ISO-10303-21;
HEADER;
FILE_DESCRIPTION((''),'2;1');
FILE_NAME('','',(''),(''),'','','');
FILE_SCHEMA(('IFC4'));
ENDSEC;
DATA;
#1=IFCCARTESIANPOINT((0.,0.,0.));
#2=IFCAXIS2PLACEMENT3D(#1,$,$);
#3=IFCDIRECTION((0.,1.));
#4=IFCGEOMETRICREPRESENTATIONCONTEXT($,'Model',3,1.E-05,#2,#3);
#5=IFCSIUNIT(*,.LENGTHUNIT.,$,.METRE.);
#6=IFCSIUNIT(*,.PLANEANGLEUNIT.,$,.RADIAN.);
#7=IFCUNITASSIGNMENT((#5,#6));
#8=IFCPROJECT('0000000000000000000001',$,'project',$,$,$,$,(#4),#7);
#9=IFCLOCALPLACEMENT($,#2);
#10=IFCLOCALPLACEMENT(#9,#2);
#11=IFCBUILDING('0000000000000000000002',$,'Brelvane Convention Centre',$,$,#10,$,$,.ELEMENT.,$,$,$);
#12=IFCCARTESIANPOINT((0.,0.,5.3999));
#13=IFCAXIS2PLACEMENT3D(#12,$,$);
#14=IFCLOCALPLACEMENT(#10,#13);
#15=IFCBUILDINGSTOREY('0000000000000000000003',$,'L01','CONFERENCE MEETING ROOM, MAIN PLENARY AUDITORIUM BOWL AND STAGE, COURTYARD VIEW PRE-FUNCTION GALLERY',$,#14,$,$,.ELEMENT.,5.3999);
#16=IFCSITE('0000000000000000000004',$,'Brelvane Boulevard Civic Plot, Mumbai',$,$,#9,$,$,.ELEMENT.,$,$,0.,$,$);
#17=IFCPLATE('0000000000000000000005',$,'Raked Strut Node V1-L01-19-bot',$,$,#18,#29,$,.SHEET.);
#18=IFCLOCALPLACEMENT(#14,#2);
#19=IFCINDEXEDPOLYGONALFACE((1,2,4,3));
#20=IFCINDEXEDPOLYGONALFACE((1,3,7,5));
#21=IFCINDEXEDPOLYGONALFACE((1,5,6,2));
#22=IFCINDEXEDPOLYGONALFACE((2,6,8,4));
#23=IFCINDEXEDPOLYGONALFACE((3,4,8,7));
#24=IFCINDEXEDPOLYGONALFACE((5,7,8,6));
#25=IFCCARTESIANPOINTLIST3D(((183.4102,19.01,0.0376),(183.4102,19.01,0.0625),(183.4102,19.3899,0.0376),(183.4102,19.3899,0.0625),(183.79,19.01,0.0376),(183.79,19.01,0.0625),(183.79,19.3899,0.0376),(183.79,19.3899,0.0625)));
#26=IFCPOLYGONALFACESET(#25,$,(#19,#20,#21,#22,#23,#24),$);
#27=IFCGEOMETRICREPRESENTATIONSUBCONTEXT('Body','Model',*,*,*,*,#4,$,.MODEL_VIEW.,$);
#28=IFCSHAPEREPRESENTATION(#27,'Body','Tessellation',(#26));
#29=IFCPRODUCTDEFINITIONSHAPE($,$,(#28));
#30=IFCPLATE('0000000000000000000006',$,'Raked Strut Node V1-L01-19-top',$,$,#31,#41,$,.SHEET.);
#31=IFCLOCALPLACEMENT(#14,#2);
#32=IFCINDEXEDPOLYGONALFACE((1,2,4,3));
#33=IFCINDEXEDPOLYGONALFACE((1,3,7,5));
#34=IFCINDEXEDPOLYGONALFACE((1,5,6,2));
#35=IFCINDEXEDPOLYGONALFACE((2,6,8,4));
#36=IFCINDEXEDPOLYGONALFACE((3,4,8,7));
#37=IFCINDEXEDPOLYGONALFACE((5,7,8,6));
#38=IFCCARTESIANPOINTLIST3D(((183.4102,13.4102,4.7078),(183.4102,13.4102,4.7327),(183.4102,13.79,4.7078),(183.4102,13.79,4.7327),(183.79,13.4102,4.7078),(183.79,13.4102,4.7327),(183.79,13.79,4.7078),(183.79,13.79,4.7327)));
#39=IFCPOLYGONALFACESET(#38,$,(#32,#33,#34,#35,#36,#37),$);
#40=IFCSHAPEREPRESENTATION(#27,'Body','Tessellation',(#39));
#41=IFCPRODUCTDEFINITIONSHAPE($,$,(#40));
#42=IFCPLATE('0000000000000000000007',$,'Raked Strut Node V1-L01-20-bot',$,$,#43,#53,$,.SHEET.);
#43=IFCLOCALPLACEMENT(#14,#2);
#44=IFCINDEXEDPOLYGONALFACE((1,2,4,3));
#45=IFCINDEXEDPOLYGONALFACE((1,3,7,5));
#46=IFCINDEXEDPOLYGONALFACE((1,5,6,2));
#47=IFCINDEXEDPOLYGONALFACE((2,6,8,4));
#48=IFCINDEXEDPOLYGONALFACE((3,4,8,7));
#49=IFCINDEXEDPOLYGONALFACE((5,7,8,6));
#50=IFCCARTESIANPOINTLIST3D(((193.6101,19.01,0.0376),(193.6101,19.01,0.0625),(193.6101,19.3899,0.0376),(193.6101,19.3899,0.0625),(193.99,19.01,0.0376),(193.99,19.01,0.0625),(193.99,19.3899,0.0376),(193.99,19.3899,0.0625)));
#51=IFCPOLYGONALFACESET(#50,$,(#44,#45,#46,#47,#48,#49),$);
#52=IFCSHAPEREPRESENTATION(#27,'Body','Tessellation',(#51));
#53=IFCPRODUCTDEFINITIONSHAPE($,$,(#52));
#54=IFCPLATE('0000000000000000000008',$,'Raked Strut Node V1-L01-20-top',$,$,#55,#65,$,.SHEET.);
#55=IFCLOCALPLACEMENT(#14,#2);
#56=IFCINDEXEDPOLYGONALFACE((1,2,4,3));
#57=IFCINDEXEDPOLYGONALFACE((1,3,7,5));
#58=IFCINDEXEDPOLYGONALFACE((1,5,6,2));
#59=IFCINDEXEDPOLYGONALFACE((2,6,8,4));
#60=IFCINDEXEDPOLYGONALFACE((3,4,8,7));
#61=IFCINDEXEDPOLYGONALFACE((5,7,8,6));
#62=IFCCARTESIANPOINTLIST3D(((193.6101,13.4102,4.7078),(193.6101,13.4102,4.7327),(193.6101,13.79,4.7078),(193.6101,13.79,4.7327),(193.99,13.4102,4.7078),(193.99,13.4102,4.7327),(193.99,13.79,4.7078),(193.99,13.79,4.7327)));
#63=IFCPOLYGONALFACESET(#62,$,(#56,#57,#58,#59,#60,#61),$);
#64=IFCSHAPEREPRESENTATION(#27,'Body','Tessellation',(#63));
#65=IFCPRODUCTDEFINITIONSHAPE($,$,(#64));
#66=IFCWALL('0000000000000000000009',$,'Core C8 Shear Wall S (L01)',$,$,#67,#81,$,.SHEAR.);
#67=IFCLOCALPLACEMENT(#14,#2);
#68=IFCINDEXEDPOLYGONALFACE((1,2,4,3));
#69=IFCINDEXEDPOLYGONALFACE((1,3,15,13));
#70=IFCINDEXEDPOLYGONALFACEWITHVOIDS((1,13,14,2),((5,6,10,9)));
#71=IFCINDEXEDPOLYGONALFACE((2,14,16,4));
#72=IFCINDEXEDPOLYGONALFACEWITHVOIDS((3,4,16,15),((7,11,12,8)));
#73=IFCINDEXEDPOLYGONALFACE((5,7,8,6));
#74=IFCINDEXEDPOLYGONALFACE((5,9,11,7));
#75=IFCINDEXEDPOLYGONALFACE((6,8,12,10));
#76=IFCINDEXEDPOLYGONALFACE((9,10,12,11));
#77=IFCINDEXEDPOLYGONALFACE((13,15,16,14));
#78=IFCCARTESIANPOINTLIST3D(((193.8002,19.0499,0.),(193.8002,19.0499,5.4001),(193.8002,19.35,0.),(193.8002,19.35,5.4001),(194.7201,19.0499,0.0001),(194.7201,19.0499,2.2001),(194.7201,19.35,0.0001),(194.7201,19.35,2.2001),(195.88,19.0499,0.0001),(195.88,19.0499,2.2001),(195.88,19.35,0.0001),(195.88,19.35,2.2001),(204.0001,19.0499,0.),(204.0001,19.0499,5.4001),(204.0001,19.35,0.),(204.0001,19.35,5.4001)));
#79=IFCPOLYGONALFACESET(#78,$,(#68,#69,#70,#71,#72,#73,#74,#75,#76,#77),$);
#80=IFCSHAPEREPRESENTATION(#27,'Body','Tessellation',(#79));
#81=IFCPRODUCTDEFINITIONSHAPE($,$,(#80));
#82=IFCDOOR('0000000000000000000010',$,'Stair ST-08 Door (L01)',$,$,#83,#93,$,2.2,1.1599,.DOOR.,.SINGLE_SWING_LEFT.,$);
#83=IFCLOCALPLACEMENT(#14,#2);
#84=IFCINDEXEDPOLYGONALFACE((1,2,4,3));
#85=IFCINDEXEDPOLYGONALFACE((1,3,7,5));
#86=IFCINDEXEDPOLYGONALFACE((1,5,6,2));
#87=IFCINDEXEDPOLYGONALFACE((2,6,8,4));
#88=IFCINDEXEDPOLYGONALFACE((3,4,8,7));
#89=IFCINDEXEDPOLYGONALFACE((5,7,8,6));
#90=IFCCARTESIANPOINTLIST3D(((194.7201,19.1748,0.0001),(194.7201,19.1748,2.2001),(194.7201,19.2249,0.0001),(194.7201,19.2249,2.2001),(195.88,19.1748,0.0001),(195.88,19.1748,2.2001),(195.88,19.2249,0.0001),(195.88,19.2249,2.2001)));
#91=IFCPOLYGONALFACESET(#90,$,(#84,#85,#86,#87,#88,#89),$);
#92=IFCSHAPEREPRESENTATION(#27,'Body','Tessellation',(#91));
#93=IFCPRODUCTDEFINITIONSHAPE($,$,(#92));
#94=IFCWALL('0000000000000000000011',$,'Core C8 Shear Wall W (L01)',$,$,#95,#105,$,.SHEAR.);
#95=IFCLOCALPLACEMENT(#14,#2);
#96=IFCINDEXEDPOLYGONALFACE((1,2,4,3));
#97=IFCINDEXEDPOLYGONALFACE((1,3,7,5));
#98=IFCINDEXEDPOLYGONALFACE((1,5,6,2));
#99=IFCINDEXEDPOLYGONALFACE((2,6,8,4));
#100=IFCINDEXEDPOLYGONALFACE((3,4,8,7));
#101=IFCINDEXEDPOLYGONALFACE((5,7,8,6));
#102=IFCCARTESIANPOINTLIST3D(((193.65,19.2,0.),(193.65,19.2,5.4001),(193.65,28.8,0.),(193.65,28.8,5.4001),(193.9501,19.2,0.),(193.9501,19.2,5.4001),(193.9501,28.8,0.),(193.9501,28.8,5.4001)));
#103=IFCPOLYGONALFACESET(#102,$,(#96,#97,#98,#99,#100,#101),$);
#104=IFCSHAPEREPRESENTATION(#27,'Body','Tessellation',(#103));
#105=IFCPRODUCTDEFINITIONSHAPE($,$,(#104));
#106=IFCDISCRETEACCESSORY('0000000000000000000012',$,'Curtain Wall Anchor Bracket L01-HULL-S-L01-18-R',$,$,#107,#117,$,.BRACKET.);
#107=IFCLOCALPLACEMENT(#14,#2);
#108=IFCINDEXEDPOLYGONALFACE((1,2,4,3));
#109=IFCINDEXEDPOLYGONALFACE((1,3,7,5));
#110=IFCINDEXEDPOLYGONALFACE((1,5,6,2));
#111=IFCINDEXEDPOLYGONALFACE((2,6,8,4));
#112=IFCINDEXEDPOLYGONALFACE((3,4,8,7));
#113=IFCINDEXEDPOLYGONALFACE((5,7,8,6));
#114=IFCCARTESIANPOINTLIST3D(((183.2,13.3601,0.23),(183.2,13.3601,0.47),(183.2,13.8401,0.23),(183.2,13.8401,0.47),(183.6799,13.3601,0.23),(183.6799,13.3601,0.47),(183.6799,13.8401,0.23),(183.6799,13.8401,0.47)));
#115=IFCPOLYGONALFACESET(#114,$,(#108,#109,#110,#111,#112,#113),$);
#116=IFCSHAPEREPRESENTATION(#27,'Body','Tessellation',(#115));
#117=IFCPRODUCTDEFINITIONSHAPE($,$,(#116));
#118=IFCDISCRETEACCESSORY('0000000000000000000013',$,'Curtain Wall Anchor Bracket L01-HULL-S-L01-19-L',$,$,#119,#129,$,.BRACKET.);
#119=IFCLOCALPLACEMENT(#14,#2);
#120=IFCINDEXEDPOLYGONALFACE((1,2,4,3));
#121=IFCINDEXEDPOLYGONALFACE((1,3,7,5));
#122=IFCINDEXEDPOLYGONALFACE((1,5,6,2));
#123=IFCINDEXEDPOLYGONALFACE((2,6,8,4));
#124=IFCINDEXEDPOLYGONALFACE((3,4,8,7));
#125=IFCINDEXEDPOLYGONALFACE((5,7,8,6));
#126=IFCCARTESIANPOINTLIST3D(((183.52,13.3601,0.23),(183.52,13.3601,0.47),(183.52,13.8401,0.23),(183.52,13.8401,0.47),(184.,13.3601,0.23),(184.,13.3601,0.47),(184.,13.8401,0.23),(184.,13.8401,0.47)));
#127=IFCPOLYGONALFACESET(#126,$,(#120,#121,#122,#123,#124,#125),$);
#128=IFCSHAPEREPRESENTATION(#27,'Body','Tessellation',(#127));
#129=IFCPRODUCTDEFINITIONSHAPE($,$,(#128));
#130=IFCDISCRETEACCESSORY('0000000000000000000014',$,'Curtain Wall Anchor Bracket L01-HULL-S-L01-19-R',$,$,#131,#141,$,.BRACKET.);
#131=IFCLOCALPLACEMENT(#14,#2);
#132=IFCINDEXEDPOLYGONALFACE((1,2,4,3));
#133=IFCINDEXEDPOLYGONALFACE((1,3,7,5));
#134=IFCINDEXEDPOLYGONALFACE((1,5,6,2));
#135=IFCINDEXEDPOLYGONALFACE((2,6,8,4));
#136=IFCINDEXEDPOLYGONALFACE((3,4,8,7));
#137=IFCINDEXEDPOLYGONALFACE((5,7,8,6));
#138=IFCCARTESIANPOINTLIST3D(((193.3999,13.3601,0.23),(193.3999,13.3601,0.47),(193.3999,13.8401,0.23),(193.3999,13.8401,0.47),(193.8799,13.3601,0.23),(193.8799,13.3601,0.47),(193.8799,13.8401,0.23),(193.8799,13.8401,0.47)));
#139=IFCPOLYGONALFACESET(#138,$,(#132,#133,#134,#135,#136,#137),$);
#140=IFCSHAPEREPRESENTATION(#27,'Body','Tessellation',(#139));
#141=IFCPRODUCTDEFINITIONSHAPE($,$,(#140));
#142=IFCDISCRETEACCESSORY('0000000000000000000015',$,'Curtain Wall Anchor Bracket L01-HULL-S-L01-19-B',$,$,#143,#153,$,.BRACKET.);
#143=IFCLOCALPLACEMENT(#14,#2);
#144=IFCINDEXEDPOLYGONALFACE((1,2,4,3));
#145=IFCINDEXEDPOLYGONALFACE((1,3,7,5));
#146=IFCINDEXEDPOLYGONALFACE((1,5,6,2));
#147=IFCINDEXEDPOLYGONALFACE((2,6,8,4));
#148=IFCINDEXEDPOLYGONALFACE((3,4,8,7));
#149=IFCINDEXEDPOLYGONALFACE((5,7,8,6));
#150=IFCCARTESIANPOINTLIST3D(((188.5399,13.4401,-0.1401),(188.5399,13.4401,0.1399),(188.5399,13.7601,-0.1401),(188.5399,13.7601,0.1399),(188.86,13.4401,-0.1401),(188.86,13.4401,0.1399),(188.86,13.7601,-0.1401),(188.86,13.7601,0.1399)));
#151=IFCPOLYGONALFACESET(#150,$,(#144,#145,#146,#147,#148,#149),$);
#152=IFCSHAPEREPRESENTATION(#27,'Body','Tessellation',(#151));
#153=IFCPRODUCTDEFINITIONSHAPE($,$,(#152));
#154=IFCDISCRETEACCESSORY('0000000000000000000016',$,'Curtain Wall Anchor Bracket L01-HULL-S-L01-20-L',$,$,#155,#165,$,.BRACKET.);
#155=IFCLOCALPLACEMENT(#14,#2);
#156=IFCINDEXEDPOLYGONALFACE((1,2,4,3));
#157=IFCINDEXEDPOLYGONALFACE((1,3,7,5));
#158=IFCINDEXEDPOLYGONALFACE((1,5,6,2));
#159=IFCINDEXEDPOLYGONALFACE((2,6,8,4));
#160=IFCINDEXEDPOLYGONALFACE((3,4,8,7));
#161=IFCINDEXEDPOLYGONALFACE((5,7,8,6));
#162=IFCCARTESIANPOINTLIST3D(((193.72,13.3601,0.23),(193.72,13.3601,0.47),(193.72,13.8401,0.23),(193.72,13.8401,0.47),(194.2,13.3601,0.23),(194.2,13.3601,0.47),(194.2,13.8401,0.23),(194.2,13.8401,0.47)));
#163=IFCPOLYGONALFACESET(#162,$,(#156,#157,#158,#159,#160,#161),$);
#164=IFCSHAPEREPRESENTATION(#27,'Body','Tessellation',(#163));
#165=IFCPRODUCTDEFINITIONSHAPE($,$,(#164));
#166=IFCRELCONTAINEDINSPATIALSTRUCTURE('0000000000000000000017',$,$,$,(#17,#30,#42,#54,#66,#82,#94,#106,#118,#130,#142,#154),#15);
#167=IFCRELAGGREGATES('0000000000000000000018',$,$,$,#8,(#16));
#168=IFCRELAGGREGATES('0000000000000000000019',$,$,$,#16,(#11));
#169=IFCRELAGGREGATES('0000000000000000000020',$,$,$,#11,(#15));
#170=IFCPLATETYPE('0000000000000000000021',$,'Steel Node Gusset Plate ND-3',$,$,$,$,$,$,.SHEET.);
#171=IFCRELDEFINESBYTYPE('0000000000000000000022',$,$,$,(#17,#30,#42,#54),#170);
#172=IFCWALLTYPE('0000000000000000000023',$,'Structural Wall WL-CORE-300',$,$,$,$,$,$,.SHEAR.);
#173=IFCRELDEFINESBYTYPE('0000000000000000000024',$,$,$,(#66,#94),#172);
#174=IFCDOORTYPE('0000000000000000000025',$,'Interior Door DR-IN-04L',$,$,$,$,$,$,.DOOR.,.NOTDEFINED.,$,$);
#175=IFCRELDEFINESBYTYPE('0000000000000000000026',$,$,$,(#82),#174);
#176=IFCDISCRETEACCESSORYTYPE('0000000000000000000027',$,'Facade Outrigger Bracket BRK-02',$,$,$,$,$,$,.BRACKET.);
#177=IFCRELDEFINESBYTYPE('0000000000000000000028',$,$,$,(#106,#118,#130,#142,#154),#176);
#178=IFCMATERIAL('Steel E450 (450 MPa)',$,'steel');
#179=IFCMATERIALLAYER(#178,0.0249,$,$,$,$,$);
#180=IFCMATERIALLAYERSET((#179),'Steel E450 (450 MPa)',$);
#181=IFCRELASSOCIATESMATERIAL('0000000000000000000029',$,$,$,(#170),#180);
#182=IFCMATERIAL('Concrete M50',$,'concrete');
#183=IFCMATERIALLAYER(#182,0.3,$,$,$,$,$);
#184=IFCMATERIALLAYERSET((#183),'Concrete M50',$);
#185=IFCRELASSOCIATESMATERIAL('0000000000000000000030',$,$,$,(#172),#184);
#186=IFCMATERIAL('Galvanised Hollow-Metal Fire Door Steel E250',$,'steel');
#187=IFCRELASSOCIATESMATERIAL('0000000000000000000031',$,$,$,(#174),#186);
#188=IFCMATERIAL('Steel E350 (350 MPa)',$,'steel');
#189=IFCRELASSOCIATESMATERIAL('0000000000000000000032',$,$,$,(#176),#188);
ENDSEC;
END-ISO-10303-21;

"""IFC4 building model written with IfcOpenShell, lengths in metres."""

from ifc_helpers import new_model, si_unit, direction, frame, frame_2d, origin, origin_2d, place, context, subcontext, project, spatial, rectangle, extrude, material, layer, layer_set, type_object, element, fill, save


model = new_model("IFC4")

# Units and contexts
model_context = context("Model", 3, precision=1e-05, world=origin(), true_north=direction((0.0, 1.0)))
body_context = subcontext(model_context, "Body", "Model", "MODEL_VIEW")
ifc_project = project(units=[si_unit("LENGTHUNIT", "METRE"), si_unit("PLANEANGLEUNIT", "RADIAN")], contexts=[model_context])

# Site, building, storey
site_placement = place(None, origin())
site = spatial("IfcSite", under=ifc_project, at=site_placement, Name="Brelvane Boulevard Civic Plot, Mumbai", CompositionType="ELEMENT", RefElevation=0.0)
building_placement = place(site_placement, origin())
building = spatial("IfcBuilding", under=site, at=building_placement, Name="Brelvane Convention Centre", CompositionType="ELEMENT")
storey_placement = place(building_placement, frame((0.0, 0.0, 5.3999)))
storey = spatial("IfcBuildingStorey", under=building, at=storey_placement, Name="L01", Description="CONFERENCE MEETING ROOM, MAIN PLENARY AUDITORIUM BOWL AND STAGE, COURTYARD VIEW PRE-FUNCTION GALLERY", CompositionType="ELEMENT", Elevation=5.3999)

# Plates
ifc_material_1 = material(Name="Steel E450 (450 MPa)", Category="steel")
ifc_layer_1 = layer(ifc_material_1, 0.0249)
ifc_layer_set_1 = layer_set([ifc_layer_1], Name="Steel E450 (450 MPa)")
plate_type = type_object("IfcPlateType", Name="Steel Node Gusset Plate ND-3", PredefinedType="SHEET", material=ifc_layer_set_1)
for number, where, z_axis, x_axis, name in (
    (1, (183.6001, 19.2, 0.0376), (0.0, 0.0, 1.0), (1.0, 0.0, 0.0), "Raked Strut Node V1-L01-19-bot"),
    (2, (183.6001, 13.6001, 4.7078), (0.0, 0.0, 1.0), (1.0, 0.0, 0.0), "Raked Strut Node V1-L01-19-top"),
    (3, (193.8, 19.2, 0.0376), (0.0, 0.0, 1.0), (1.0, 0.0, 0.0), "Raked Strut Node V1-L01-20-bot"),
    (4, (193.8, 13.6001, 4.7078), (0.0, 0.0, 1.0), (1.0, 0.0, 0.0), "Raked Strut Node V1-L01-20-top"),
):
    element("IfcPlate", number, at=place(storey_placement, frame(where, z_axis=z_axis, x_axis=x_axis)), inside=storey, type_object=plate_type, Name=name, PredefinedType="SHEET", context=body_context, shape_type="SweptSolid", body=[
        extrude(rectangle(XDim=0.3799, YDim=0.3799, at=origin_2d()), origin(), (0.0, 0.0, 1.0), 0.0249),
    ])

# Wall, opening, door
ifc_material_2 = material(Name="Concrete M50", Category="concrete")
ifc_layer_2 = layer(ifc_material_2, 0.3)
ifc_layer_set_2 = layer_set([ifc_layer_2], Name="Concrete M50")
wall_type = type_object("IfcWallType", Name="Structural Wall WL-CORE-300", PredefinedType="SHEAR", material=ifc_layer_set_2)
wall_1_placement = place(storey_placement, frame((193.8, 19.2, 0.0), z_axis=(0.0, 0.0, 1.0), x_axis=(1.0, 0.0, 0.0)))
wall_1 = element("IfcWall", 5, at=wall_1_placement, inside=storey, type_object=wall_type, Name="Core C8 Shear Wall S (L01)", PredefinedType="SHEAR", context=body_context, shape_type="SweptSolid", body=[
    extrude(rectangle(XDim=10.2, YDim=0.3, at=frame_2d((5.1001, 0.0))), origin(), (0.0, 0.0, 1.0), 5.4001),
])
opening_placement = place(wall_1_placement, frame((0.9199, 0.0, 0.0)))
opening = element("IfcOpeningElement", 6, at=opening_placement, cuts=wall_1, PredefinedType="OPENING", context=body_context, shape_type="SweptSolid", body=[
    extrude(rectangle(XDim=1.1599, YDim=2.2, at=frame_2d((0.5801, 1.1001))), frame((0.0, 0.1599, 0.0), z_axis=(0.0, -1.0, 0.0), x_axis=(1.0, 0.0, 0.0)), (0.0, 0.0, 1.0), 0.3201),
])
ifc_material_3 = material(Name="Galvanised Hollow-Metal Fire Door Steel E250", Category="steel")
door_type = type_object("IfcDoorType", Name="Interior Door DR-IN-04L", OperationType="NOTDEFINED", PredefinedType="DOOR", material=ifc_material_3)
door_placement = place(opening_placement, origin())
door = element("IfcDoor", 7, at=door_placement, inside=storey, type_object=door_type, Name="Stair ST-08 Door (L01)", OperationType="SINGLE_SWING_LEFT", OverallHeight=2.2, OverallWidth=1.1599, PredefinedType="DOOR", context=body_context, shape_type="SweptSolid", body=[
    extrude(rectangle(XDim=1.1599, YDim=2.2, at=frame_2d((0.5801, 1.1001))), frame((0.0, 0.0249, 0.0), z_axis=(0.0, -1.0, 0.0), x_axis=(1.0, 0.0, 0.0)), (0.0, 0.0, 1.0), 0.05),
])
fill(opening, door)

# Wall
wall_2_placement = place(storey_placement, frame((193.8, 19.2, 0.0), z_axis=(0.0, 0.0, 1.0), x_axis=(0.0, 1.0, 0.0)))
element("IfcWall", 8, at=wall_2_placement, inside=storey, type_object=wall_type, Name="Core C8 Shear Wall W (L01)", PredefinedType="SHEAR", context=body_context, shape_type="SweptSolid", body=[
    extrude(rectangle(XDim=9.6001, YDim=0.3, at=frame_2d((4.8, 0.0))), origin(), (0.0, 0.0, 1.0), 5.4001),
])

# Discrete accessories
ifc_material_4 = material(Name="Steel E350 (350 MPa)", Category="steel")
discrete_accessory_type = type_object("IfcDiscreteAccessoryType", Name="Facade Outrigger Bracket BRK-02", PredefinedType="BRACKET", material=ifc_material_4)
for number, where, z_axis, x_axis, name in (
    (9, (183.4399, 13.6001, 0.23), (0.0, 0.0, 1.0), (1.0, 0.0, 0.0), "Curtain Wall Anchor Bracket L01-HULL-S-L01-18-R"),
    (10, (183.76, 13.6001, 0.23), (0.0, 0.0, 1.0), (1.0, 0.0, 0.0), "Curtain Wall Anchor Bracket L01-HULL-S-L01-19-L"),
    (11, (193.6399, 13.6001, 0.23), (0.0, 0.0, 1.0), (1.0, 0.0, 0.0), "Curtain Wall Anchor Bracket L01-HULL-S-L01-19-R"),
):
    element("IfcDiscreteAccessory", number, at=place(storey_placement, frame(where, z_axis=z_axis, x_axis=x_axis)), inside=storey, type_object=discrete_accessory_type, Name=name, PredefinedType="BRACKET", context=body_context, shape_type="SweptSolid", body=[
        extrude(rectangle(XDim=0.48, YDim=0.48, at=origin_2d()), origin(), (0.0, 0.0, 1.0), 0.24),
    ])
discrete_accessory_1_placement = place(storey_placement, frame((188.7, 13.6001, -0.1401), z_axis=(0.0, 0.0, 1.0), x_axis=(1.0, 0.0, 0.0)))
element("IfcDiscreteAccessory", 12, at=discrete_accessory_1_placement, inside=storey, type_object=discrete_accessory_type, Name="Curtain Wall Anchor Bracket L01-HULL-S-L01-19-B", PredefinedType="BRACKET", context=body_context, shape_type="SweptSolid", body=[
    extrude(rectangle(XDim=0.3201, YDim=0.3201, at=origin_2d()), origin(), (0.0, 0.0, 1.0), 0.28),
])
discrete_accessory_2_placement = place(storey_placement, frame((193.96, 13.6001, 0.23), z_axis=(0.0, 0.0, 1.0), x_axis=(1.0, 0.0, 0.0)))
element("IfcDiscreteAccessory", 13, at=discrete_accessory_2_placement, inside=storey, type_object=discrete_accessory_type, Name="Curtain Wall Anchor Bracket L01-HULL-S-L01-20-L", PredefinedType="BRACKET", context=body_context, shape_type="SweptSolid", body=[
    extrude(rectangle(XDim=0.48, YDim=0.48, at=origin_2d()), origin(), (0.0, 0.0, 1.0), 0.24),
])

save(model, "model.ifc")
